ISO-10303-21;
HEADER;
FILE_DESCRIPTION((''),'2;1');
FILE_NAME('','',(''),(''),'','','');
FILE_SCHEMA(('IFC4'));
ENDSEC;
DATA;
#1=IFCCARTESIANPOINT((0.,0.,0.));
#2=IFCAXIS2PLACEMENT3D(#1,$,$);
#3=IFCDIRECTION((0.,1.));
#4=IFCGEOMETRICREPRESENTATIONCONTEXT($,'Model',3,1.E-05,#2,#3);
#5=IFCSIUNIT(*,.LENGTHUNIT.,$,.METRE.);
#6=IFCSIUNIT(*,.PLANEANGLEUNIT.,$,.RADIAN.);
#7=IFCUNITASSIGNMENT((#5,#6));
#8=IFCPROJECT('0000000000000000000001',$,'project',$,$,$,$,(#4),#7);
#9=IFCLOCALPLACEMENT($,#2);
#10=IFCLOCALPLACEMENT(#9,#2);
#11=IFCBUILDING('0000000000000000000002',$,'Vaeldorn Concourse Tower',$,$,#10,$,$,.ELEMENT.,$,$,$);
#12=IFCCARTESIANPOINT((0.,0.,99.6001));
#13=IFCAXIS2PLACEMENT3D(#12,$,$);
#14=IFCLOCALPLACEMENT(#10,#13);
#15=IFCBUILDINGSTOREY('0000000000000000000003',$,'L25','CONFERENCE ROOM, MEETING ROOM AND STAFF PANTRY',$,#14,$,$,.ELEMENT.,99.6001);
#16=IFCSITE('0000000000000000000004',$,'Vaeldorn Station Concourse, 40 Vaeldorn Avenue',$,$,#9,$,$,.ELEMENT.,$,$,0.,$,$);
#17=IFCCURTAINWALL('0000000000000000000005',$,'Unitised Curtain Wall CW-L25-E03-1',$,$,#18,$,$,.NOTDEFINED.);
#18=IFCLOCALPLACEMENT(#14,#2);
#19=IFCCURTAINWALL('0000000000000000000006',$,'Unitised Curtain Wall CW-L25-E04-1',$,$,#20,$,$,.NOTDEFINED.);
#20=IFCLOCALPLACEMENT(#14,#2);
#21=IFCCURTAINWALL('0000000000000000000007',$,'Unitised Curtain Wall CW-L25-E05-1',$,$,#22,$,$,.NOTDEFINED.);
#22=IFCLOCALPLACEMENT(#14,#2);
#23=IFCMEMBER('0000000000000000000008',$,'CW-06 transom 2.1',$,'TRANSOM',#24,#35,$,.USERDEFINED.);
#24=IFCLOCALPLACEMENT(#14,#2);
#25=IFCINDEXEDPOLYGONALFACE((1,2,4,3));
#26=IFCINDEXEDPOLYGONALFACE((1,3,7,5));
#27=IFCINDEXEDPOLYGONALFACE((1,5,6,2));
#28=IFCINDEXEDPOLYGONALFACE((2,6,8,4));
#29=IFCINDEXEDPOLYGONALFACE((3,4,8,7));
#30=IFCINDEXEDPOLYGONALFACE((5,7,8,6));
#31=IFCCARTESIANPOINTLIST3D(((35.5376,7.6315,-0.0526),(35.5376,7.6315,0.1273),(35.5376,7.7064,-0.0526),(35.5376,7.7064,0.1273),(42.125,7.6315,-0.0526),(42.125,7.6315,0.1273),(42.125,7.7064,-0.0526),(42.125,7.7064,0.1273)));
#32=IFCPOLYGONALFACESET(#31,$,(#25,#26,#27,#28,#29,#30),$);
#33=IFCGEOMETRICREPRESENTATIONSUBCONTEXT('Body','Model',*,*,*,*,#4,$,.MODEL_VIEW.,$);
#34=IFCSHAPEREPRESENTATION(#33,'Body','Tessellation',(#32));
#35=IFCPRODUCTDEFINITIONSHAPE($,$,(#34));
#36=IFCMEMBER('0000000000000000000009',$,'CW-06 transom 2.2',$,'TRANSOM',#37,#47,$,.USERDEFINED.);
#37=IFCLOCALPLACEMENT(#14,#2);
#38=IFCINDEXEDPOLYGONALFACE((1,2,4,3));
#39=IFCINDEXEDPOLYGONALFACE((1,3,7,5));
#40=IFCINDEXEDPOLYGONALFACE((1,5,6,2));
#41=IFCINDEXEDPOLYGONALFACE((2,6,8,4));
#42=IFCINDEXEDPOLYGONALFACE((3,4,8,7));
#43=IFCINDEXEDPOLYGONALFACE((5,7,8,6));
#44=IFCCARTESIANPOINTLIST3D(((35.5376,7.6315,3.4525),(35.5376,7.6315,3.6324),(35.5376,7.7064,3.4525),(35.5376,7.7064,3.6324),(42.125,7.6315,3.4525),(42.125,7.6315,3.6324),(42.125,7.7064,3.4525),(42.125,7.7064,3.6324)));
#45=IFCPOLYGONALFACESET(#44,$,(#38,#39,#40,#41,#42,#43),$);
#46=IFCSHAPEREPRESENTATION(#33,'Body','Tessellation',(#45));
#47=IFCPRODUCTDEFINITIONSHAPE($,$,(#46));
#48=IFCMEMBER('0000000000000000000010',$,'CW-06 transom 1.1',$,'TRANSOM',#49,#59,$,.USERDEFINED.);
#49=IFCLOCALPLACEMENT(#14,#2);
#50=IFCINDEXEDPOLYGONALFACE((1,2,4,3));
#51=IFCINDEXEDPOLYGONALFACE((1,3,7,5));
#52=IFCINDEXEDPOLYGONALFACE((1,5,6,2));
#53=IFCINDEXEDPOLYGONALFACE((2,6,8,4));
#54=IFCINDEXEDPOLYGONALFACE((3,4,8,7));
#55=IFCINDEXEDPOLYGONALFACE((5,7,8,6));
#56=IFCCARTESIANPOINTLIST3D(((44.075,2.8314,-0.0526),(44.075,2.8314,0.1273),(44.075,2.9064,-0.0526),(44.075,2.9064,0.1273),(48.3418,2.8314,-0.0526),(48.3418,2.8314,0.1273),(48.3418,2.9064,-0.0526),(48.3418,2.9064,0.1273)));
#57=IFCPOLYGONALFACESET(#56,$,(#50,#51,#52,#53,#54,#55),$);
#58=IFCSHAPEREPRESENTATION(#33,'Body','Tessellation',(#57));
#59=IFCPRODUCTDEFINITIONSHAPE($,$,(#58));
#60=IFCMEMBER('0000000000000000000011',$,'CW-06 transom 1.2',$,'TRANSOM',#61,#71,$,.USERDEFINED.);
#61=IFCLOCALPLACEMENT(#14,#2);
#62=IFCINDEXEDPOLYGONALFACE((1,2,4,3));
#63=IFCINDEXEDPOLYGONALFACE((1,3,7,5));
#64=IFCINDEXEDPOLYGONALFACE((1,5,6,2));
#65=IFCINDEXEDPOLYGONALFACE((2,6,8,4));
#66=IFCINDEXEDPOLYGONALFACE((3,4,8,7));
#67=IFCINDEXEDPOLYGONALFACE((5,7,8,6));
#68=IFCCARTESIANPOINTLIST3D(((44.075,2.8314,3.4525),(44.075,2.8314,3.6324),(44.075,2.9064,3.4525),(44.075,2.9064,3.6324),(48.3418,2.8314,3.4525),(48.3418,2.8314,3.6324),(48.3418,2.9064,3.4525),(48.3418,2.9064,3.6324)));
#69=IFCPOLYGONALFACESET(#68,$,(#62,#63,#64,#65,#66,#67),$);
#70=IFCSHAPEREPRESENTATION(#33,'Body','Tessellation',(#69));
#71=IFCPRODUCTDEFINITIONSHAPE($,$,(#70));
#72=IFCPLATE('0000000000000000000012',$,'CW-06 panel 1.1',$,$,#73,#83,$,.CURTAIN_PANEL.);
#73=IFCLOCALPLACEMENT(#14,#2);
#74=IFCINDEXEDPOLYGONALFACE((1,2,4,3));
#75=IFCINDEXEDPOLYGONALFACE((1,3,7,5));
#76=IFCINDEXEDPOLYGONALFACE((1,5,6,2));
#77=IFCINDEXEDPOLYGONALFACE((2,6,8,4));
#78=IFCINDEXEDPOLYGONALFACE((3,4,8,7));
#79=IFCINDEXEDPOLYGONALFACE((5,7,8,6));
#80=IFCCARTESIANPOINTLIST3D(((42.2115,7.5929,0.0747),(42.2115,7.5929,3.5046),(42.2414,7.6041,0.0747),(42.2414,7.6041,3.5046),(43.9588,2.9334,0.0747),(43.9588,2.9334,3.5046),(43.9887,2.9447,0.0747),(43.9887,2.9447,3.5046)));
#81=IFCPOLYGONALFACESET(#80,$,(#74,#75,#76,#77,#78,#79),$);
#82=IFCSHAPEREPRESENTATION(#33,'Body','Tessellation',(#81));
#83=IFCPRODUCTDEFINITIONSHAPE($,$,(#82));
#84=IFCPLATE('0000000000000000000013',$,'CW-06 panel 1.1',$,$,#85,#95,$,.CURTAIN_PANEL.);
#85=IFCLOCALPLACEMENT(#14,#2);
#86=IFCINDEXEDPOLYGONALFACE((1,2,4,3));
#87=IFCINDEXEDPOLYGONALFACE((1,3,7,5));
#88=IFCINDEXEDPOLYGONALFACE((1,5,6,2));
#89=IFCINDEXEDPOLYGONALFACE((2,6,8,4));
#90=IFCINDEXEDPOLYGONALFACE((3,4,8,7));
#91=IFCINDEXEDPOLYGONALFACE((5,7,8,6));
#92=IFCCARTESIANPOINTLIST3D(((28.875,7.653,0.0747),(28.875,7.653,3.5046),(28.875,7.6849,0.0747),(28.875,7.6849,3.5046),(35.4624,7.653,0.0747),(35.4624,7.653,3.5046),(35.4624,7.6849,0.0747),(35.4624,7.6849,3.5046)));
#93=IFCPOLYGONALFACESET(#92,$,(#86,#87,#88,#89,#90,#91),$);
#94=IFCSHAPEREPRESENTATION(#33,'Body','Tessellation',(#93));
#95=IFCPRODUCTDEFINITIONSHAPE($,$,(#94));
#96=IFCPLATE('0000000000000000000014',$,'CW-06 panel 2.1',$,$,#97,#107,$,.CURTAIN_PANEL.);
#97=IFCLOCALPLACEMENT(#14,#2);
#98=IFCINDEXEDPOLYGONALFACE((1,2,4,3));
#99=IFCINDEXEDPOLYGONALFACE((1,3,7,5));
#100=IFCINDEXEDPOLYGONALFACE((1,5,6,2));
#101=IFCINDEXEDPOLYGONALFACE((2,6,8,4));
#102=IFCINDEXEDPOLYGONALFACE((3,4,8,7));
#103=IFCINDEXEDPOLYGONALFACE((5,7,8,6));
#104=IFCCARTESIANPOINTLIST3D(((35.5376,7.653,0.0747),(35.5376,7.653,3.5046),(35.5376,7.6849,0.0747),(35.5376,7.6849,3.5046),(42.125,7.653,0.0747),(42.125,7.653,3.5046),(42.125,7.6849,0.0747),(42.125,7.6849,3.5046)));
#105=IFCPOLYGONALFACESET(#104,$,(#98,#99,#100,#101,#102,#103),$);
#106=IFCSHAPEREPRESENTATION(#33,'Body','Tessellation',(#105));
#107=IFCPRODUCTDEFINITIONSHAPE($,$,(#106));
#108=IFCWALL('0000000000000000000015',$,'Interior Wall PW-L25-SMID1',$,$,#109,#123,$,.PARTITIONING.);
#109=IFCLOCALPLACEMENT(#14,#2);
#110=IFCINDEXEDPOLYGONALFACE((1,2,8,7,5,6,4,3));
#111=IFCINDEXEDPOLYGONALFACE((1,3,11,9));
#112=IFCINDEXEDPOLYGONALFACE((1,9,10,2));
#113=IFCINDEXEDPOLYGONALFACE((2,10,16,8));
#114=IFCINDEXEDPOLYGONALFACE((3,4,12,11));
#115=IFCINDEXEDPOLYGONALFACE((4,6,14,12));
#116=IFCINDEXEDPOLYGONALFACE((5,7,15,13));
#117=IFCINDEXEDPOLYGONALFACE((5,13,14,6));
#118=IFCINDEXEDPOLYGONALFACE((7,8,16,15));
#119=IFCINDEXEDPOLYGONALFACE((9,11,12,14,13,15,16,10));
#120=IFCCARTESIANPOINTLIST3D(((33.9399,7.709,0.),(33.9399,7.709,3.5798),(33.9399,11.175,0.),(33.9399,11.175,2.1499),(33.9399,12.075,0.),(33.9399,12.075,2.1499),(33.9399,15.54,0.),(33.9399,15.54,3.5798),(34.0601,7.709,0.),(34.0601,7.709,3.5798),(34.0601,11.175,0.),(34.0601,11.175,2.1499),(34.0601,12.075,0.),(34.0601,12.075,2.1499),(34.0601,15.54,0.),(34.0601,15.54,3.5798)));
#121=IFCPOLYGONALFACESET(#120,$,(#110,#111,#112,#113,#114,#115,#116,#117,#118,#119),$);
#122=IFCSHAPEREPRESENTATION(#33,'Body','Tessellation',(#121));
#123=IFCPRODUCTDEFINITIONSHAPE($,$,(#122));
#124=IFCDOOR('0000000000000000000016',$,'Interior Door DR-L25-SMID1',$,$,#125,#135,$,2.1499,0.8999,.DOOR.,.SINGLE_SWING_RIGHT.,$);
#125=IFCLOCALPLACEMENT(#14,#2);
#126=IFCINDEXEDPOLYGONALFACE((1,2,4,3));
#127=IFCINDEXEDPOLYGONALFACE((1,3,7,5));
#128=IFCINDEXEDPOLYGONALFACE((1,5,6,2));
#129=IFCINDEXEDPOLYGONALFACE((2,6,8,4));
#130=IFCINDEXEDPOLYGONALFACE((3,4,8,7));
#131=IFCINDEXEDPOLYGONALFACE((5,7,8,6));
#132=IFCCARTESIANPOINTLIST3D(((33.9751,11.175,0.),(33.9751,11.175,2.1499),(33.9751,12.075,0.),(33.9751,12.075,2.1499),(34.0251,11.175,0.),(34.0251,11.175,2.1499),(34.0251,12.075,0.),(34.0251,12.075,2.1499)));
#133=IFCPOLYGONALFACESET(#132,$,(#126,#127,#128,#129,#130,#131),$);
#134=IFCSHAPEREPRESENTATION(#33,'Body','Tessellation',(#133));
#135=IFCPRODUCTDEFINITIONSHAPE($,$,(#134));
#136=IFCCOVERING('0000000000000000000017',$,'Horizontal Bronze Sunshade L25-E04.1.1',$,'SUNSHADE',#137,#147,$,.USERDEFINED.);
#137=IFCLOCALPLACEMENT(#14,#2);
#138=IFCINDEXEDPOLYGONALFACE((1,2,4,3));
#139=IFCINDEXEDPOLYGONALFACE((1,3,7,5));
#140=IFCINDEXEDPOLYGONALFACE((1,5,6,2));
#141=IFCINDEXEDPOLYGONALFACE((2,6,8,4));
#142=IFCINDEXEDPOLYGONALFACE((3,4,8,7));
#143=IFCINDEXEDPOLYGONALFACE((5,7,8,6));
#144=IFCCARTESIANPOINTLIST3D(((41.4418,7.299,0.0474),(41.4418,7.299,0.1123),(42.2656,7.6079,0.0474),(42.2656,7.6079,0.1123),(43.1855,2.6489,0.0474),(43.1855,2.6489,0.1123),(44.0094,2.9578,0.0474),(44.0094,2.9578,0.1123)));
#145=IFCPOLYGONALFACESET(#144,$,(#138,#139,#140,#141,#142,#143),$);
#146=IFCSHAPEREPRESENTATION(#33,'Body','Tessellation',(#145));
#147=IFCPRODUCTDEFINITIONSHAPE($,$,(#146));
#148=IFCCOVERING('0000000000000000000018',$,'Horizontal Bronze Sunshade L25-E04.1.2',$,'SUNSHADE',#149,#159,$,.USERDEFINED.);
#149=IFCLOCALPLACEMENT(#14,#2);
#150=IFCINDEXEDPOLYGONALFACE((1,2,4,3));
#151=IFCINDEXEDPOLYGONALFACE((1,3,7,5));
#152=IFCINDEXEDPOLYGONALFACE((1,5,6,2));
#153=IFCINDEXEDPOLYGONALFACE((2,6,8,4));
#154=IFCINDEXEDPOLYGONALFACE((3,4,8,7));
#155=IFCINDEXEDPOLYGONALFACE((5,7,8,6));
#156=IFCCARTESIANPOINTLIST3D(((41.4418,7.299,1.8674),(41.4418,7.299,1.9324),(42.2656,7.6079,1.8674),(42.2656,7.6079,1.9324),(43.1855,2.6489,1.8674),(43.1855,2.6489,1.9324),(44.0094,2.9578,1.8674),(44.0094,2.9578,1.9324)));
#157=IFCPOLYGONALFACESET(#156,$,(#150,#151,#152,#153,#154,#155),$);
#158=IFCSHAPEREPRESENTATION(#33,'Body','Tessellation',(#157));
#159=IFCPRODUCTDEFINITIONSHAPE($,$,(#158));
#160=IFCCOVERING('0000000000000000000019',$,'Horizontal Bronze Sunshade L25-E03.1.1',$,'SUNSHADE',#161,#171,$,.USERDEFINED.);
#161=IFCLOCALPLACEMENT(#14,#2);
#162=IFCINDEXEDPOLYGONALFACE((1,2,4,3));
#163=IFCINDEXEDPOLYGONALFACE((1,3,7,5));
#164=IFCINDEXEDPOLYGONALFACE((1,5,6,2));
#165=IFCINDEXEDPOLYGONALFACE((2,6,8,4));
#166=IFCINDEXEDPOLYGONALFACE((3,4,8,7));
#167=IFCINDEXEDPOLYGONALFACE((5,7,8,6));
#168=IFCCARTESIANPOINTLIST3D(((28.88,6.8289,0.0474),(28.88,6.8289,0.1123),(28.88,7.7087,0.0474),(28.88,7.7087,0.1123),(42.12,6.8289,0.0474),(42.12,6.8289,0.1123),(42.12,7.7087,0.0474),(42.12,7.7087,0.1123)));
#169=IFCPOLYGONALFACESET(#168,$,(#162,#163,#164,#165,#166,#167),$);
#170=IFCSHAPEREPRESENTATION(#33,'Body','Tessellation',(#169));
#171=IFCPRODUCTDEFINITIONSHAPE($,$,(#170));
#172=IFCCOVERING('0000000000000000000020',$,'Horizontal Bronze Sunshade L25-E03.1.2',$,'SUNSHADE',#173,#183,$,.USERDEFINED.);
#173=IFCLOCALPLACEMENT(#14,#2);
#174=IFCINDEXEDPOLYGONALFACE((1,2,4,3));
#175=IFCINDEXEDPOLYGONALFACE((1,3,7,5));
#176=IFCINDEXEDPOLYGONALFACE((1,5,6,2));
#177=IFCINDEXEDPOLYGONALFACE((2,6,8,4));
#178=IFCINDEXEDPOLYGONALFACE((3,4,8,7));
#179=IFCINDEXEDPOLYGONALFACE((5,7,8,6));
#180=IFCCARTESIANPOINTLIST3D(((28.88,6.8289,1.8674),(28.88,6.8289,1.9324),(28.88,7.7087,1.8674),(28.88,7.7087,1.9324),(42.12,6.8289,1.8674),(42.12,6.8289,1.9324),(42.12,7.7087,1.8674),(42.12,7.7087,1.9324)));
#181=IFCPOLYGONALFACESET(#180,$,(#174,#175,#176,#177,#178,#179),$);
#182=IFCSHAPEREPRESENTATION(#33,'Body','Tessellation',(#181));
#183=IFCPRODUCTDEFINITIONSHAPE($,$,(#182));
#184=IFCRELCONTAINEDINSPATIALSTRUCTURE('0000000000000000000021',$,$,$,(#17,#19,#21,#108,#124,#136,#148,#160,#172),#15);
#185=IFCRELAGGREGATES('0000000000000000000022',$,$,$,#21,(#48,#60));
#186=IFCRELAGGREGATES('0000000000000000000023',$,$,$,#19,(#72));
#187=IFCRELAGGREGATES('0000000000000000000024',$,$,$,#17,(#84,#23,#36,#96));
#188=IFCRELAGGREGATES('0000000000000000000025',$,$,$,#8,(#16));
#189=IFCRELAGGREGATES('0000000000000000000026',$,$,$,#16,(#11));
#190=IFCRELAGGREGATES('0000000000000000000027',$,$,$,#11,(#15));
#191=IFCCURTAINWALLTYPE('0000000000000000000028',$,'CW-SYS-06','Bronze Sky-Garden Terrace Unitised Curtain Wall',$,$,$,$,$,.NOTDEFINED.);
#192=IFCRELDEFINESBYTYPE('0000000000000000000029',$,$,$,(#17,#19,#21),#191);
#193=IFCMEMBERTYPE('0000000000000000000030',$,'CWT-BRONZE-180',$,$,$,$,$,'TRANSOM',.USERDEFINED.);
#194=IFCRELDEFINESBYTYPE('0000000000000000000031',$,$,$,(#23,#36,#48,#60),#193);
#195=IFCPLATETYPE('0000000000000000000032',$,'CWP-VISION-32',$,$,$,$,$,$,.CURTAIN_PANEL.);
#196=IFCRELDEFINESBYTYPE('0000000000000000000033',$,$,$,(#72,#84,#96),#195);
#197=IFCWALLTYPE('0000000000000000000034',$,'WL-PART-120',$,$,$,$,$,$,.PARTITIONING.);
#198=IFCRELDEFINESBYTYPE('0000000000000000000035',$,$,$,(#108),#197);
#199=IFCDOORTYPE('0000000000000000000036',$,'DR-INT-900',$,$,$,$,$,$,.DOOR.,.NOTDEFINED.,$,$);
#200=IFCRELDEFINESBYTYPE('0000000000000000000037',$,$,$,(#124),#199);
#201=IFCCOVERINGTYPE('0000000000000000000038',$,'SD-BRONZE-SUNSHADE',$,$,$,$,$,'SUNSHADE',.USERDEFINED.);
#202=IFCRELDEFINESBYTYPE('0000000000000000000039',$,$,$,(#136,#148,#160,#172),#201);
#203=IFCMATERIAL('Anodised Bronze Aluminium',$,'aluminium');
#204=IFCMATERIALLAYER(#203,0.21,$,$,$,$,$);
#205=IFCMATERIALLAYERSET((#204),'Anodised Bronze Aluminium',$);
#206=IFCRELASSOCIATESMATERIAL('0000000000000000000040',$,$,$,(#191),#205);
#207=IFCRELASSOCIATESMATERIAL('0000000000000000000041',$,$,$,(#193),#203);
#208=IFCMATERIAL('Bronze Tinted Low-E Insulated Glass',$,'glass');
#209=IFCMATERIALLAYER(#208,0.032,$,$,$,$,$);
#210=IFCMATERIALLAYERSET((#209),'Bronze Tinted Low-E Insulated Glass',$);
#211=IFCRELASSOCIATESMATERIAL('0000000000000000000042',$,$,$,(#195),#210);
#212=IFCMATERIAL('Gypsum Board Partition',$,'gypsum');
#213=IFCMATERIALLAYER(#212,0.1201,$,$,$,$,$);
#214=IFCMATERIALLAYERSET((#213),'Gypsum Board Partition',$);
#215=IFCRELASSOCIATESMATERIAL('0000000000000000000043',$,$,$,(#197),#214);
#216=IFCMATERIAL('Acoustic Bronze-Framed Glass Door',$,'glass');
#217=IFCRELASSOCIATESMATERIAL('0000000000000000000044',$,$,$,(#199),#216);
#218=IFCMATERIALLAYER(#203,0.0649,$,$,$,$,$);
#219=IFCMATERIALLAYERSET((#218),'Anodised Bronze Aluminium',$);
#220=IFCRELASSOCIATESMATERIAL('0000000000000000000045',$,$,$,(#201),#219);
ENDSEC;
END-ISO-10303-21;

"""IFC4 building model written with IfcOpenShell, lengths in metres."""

from ifc_helpers import new_model, si_unit, direction, frame, frame_2d, origin, origin_2d, place, context, subcontext, project, spatial, rectangle, extrude, source, transform, mapped, material, layer, layer_set, material_profile, profile_set, type_object, element, fill, aggregate, save


model = new_model("IFC4")

# Units and contexts
model_context = context("Model", 3, precision=1e-05, world=origin(), true_north=direction((0.0, 1.0)))
body_context = subcontext(model_context, "Body", "Model", "MODEL_VIEW")
ifc_project = project(units=[si_unit("LENGTHUNIT", "METRE"), si_unit("PLANEANGLEUNIT", "RADIAN")], contexts=[model_context])

# Site, building, storey
site_placement = place(None, origin())
site = spatial("IfcSite", under=ifc_project, at=site_placement, Name="Vaeldorn Station Concourse, 40 Vaeldorn Avenue", CompositionType="ELEMENT", RefElevation=0.0)
building_placement = place(site_placement, origin())
building = spatial("IfcBuilding", under=site, at=building_placement, Name="Vaeldorn Concourse Tower", CompositionType="ELEMENT")
storey_placement = place(building_placement, frame((0.0, 0.0, 99.6001)))
storey = spatial("IfcBuildingStorey", under=building, at=storey_placement, Name="L25", Description="CONFERENCE ROOM, MEETING ROOM AND STAFF PANTRY", CompositionType="ELEMENT", Elevation=99.6001)

# Curtain walls
ifc_material_1 = material(Name="Anodised Bronze Aluminium", Category="aluminium")
ifc_layer_1 = layer(ifc_material_1, 0.21)
ifc_layer_set_1 = layer_set([ifc_layer_1], Name="Anodised Bronze Aluminium")
curtain_wall_type = type_object("IfcCurtainWallType", Name="CW-SYS-06", Description="Bronze Sky-Garden Terrace Unitised Curtain Wall", PredefinedType="NOTDEFINED", material=ifc_layer_set_1)
curtain_wall_1_placement = place(storey_placement, origin())
curtain_wall_1 = element("IfcCurtainWall", 1, at=curtain_wall_1_placement, inside=storey, type_object=curtain_wall_type, Name="Unitised Curtain Wall CW-L25-E03-1", PredefinedType="NOTDEFINED")
curtain_wall_2_placement = place(storey_placement, origin())
curtain_wall_2 = element("IfcCurtainWall", 2, at=curtain_wall_2_placement, inside=storey, type_object=curtain_wall_type, Name="Unitised Curtain Wall CW-L25-E04-1", PredefinedType="NOTDEFINED")

# Curtain wall
curtain_wall_3_placement = place(storey_placement, origin())
curtain_wall_3 = element("IfcCurtainWall", 3, at=curtain_wall_3_placement, inside=storey, type_object=curtain_wall_type, Name="Unitised Curtain Wall CW-L25-E05-1", PredefinedType="NOTDEFINED")

# Members
ifc_material_profile_1 = material_profile(ifc_material_1, rectangle(XDim=0.075, YDim=0.1799, at=origin_2d()), Name="CWT 75x180")
ifc_profile_set_1 = profile_set([ifc_material_profile_1], Name="Anodised Bronze Aluminium")
member_type_1 = type_object("IfcMemberType", Name="CWT-BRONZE-180", ElementType="TRANSOM", PredefinedType="USERDEFINED", material=ifc_profile_set_1)
shared_shape_1 = source(origin(), body_context, "Body", "SweptSolid", [
    extrude(rectangle(XDim=0.075, YDim=0.1799, at=origin_2d()), origin(), (0.0, 0.0, 1.0), 6.5874),
])
member_1_placement = place(storey_placement, frame((35.5376, 7.6689, 0.0374), z_axis=(1.0, 0.0, 0.0), x_axis=(0.0, 1.0, 0.0)))
member_1 = element("IfcMember", 4, at=member_1_placement, type_object=member_type_1, Name="CW-06 transom 2.1", ObjectType="TRANSOM", PredefinedType="USERDEFINED", context=body_context, shape_type="MappedRepresentation", body=[
    mapped(shared_shape_1, transform((0.0, 0.0, 0.0), scale=1.0)),
])
member_2_placement = place(storey_placement, frame((35.5376, 7.6689, 3.5425), z_axis=(1.0, 0.0, 0.0), x_axis=(0.0, 1.0, 0.0)))
member_2 = element("IfcMember", 5, at=member_2_placement, type_object=member_type_1, Name="CW-06 transom 2.2", ObjectType="TRANSOM", PredefinedType="USERDEFINED", context=body_context, shape_type="MappedRepresentation", body=[
    mapped(shared_shape_1, transform((0.0, 0.0, 0.0), scale=1.0)),
])
shared_shape_2 = source(origin(), body_context, "Body", "SweptSolid", [
    extrude(rectangle(XDim=0.075, YDim=0.1799, at=origin_2d()), origin(), (0.0, 0.0, 1.0), 4.2668),
])
member_3_placement = place(storey_placement, frame((44.075, 2.8689, 0.0374), z_axis=(1.0, 0.0, 0.0), x_axis=(0.0, 1.0, 0.0)))
member_3 = element("IfcMember", 6, at=member_3_placement, type_object=member_type_1, Name="CW-06 transom 1.1", ObjectType="TRANSOM", PredefinedType="USERDEFINED", context=body_context, shape_type="MappedRepresentation", body=[
    mapped(shared_shape_2, transform((0.0, 0.0, 0.0), scale=1.0)),
])
member_4_placement = place(storey_placement, frame((44.075, 2.8689, 3.5425), z_axis=(1.0, 0.0, 0.0), x_axis=(0.0, 1.0, 0.0)))
member_4 = element("IfcMember", 7, at=member_4_placement, type_object=member_type_1, Name="CW-06 transom 1.2", ObjectType="TRANSOM", PredefinedType="USERDEFINED", context=body_context, shape_type="MappedRepresentation", body=[
    mapped(shared_shape_2, transform((0.0, 0.0, 0.0), scale=1.0)),
])
aggregate(curtain_wall_3, [member_3, member_4])

# Plates
ifc_material_2 = material(Name="Bronze Tinted Low-E Insulated Glass", Category="glass")
ifc_layer_2 = layer(ifc_material_2, 0.032)
ifc_layer_set_2 = layer_set([ifc_layer_2], Name="Bronze Tinted Low-E Insulated Glass")
plate_type = type_object("IfcPlateType", Name="CWP-VISION-32", PredefinedType="CURTAIN_PANEL", material=ifc_layer_set_2)
shared_shape_3 = source(origin(), body_context, "Body", "SweptSolid", [
    extrude(rectangle(XDim=4.9763, YDim=0.032, at=origin_2d()), origin(), (0.0, 0.0, 1.0), 3.4299),
])
plate_1_placement = place(storey_placement, frame((43.1001, 5.2688, 0.0747), z_axis=(0.0, 0.0, 1.0), x_axis=(0.351123, -0.936329, 0.0)))
plate_1 = element("IfcPlate", 8, at=plate_1_placement, type_object=plate_type, Name="CW-06 panel 1.1", PredefinedType="CURTAIN_PANEL", context=body_context, shape_type="MappedRepresentation", body=[
    mapped(shared_shape_3, transform((0.0, 0.0, 0.0), scale=1.0)),
])
aggregate(curtain_wall_2, [plate_1])
shared_shape_4 = source(origin(), body_context, "Body", "SweptSolid", [
    extrude(rectangle(XDim=6.5874, YDim=0.032, at=origin_2d()), origin(), (0.0, 0.0, 1.0), 3.4299),
])
plate_2_placement = place(storey_placement, frame((32.1687, 7.6689, 0.0747), z_axis=(0.0, 0.0, 1.0), x_axis=(1.0, 0.0, 0.0)))
plate_2 = element("IfcPlate", 9, at=plate_2_placement, type_object=plate_type, Name="CW-06 panel 1.1", PredefinedType="CURTAIN_PANEL", context=body_context, shape_type="MappedRepresentation", body=[
    mapped(shared_shape_4, transform((0.0, 0.0, 0.0), scale=1.0)),
])
plate_3_placement = place(storey_placement, frame((38.8313, 7.6689, 0.0747), z_axis=(0.0, 0.0, 1.0), x_axis=(1.0, 0.0, 0.0)))
plate_3 = element("IfcPlate", 10, at=plate_3_placement, type_object=plate_type, Name="CW-06 panel 2.1", PredefinedType="CURTAIN_PANEL", context=body_context, shape_type="MappedRepresentation", body=[
    mapped(shared_shape_4, transform((0.0, 0.0, 0.0), scale=1.0)),
])
aggregate(curtain_wall_1, [plate_2, member_1, member_2, plate_3])

# Wall, opening, door
ifc_material_3 = material(Name="Gypsum Board Partition", Category="gypsum")
ifc_layer_3 = layer(ifc_material_3, 0.1201)
ifc_layer_set_3 = layer_set([ifc_layer_3], Name="Gypsum Board Partition")
wall_type = type_object("IfcWallType", Name="WL-PART-120", PredefinedType="PARTITIONING", material=ifc_layer_set_3)
wall_placement = place(storey_placement, frame((34.0, 7.709, 0.0), z_axis=(0.0, 0.0, 1.0), x_axis=(0.0, 1.0, 0.0)))
wall = element("IfcWall", 11, at=wall_placement, inside=storey, type_object=wall_type, Name="Interior Wall PW-L25-SMID1", PredefinedType="PARTITIONING", context=body_context, shape_type="SweptSolid", body=[
    extrude(rectangle(XDim=7.8311, YDim=0.1201, at=frame_2d((3.9155, 0.0))), origin(), (0.0, 0.0, 1.0), 3.5798),
])
opening_placement = place(wall_placement, frame((3.4661, 0.0, 0.0)))
opening = element("IfcOpeningElement", 12, at=opening_placement, cuts=wall, PredefinedType="OPENING", context=body_context, shape_type="SweptSolid", body=[
    extrude(rectangle(XDim=0.8999, YDim=2.1499, at=frame_2d((0.45, 1.075))), frame((0.0, 0.0701, 0.0), z_axis=(0.0, -1.0, 0.0), x_axis=(1.0, 0.0, 0.0)), (0.0, 0.0, 1.0), 0.1401),
])
ifc_material_4 = material(Name="Acoustic Bronze-Framed Glass Door", Category="glass")
door_type = type_object("IfcDoorType", Name="DR-INT-900", OperationType="NOTDEFINED", PredefinedType="DOOR", material=ifc_material_4)
shared_shape_5 = source(origin(), body_context, "Body", "SweptSolid", [
    extrude(rectangle(XDim=0.8999, YDim=2.1499, at=frame_2d((0.45, 1.075))), frame((0.0, 0.0249, 0.0), z_axis=(0.0, -1.0, 0.0), x_axis=(1.0, 0.0, 0.0)), (0.0, 0.0, 1.0), 0.05),
])
door_placement = place(opening_placement, origin())
door = element("IfcDoor", 13, at=door_placement, inside=storey, type_object=door_type, Name="Interior Door DR-L25-SMID1", OperationType="SINGLE_SWING_RIGHT", OverallHeight=2.1499, OverallWidth=0.8999, PredefinedType="DOOR", context=body_context, shape_type="MappedRepresentation", body=[
    mapped(shared_shape_5, transform((0.0, 0.0, 0.0), scale=1.0)),
])
fill(opening, door)

# Coverings
ifc_layer_4 = layer(ifc_material_1, 0.0649)
ifc_layer_set_4 = layer_set([ifc_layer_4], Name="Anodised Bronze Aluminium")
covering_type = type_object("IfcCoveringType", Name="SD-BRONZE-SUNSHADE", ElementType="SUNSHADE", PredefinedType="USERDEFINED", material=ifc_layer_set_4)
shared_shape_6 = source(origin(), body_context, "Body", "SweptSolid", [
    extrude(rectangle(XDim=4.9663, YDim=0.8799, at=origin_2d()), origin(), (0.0, 0.0, 1.0), 0.0649),
])
for number, where, z_axis, x_axis, name in (
    (14, (42.7256, 5.1284, 0.0474), (0.0, 0.0, 1.0), (0.351123, -0.936329, 0.0), "Horizontal Bronze Sunshade L25-E04.1.1"),
    (15, (42.7256, 5.1284, 1.8674), (0.0, 0.0, 1.0), (0.351123, -0.936329, 0.0), "Horizontal Bronze Sunshade L25-E04.1.2"),
):
    element("IfcCovering", number, at=place(storey_placement, frame(where, z_axis=z_axis, x_axis=x_axis)), inside=storey, type_object=covering_type, Name=name, ObjectType="SUNSHADE", PredefinedType="USERDEFINED", context=body_context, shape_type="MappedRepresentation", body=[
        mapped(shared_shape_6, transform((0.0, 0.0, 0.0), scale=1.0)),
    ])
shared_shape_7 = source(origin(), body_context, "Body", "SweptSolid", [
    extrude(rectangle(XDim=13.24, YDim=0.8799, at=origin_2d()), origin(), (0.0, 0.0, 1.0), 0.0649),
])
for number, where, z_axis, x_axis, name in (
    (16, (35.5, 7.2688, 0.0474), (0.0, 0.0, 1.0), (1.0, 0.0, 0.0), "Horizontal Bronze Sunshade L25-E03.1.1"),
    (17, (35.5, 7.2688, 1.8674), (0.0, 0.0, 1.0), (1.0, 0.0, 0.0), "Horizontal Bronze Sunshade L25-E03.1.2"),
):
    element("IfcCovering", number, at=place(storey_placement, frame(where, z_axis=z_axis, x_axis=x_axis)), inside=storey, type_object=covering_type, Name=name, ObjectType="SUNSHADE", PredefinedType="USERDEFINED", context=body_context, shape_type="MappedRepresentation", body=[
        mapped(shared_shape_7, transform((0.0, 0.0, 0.0), scale=1.0)),
    ])

save(model, "model.ifc")
